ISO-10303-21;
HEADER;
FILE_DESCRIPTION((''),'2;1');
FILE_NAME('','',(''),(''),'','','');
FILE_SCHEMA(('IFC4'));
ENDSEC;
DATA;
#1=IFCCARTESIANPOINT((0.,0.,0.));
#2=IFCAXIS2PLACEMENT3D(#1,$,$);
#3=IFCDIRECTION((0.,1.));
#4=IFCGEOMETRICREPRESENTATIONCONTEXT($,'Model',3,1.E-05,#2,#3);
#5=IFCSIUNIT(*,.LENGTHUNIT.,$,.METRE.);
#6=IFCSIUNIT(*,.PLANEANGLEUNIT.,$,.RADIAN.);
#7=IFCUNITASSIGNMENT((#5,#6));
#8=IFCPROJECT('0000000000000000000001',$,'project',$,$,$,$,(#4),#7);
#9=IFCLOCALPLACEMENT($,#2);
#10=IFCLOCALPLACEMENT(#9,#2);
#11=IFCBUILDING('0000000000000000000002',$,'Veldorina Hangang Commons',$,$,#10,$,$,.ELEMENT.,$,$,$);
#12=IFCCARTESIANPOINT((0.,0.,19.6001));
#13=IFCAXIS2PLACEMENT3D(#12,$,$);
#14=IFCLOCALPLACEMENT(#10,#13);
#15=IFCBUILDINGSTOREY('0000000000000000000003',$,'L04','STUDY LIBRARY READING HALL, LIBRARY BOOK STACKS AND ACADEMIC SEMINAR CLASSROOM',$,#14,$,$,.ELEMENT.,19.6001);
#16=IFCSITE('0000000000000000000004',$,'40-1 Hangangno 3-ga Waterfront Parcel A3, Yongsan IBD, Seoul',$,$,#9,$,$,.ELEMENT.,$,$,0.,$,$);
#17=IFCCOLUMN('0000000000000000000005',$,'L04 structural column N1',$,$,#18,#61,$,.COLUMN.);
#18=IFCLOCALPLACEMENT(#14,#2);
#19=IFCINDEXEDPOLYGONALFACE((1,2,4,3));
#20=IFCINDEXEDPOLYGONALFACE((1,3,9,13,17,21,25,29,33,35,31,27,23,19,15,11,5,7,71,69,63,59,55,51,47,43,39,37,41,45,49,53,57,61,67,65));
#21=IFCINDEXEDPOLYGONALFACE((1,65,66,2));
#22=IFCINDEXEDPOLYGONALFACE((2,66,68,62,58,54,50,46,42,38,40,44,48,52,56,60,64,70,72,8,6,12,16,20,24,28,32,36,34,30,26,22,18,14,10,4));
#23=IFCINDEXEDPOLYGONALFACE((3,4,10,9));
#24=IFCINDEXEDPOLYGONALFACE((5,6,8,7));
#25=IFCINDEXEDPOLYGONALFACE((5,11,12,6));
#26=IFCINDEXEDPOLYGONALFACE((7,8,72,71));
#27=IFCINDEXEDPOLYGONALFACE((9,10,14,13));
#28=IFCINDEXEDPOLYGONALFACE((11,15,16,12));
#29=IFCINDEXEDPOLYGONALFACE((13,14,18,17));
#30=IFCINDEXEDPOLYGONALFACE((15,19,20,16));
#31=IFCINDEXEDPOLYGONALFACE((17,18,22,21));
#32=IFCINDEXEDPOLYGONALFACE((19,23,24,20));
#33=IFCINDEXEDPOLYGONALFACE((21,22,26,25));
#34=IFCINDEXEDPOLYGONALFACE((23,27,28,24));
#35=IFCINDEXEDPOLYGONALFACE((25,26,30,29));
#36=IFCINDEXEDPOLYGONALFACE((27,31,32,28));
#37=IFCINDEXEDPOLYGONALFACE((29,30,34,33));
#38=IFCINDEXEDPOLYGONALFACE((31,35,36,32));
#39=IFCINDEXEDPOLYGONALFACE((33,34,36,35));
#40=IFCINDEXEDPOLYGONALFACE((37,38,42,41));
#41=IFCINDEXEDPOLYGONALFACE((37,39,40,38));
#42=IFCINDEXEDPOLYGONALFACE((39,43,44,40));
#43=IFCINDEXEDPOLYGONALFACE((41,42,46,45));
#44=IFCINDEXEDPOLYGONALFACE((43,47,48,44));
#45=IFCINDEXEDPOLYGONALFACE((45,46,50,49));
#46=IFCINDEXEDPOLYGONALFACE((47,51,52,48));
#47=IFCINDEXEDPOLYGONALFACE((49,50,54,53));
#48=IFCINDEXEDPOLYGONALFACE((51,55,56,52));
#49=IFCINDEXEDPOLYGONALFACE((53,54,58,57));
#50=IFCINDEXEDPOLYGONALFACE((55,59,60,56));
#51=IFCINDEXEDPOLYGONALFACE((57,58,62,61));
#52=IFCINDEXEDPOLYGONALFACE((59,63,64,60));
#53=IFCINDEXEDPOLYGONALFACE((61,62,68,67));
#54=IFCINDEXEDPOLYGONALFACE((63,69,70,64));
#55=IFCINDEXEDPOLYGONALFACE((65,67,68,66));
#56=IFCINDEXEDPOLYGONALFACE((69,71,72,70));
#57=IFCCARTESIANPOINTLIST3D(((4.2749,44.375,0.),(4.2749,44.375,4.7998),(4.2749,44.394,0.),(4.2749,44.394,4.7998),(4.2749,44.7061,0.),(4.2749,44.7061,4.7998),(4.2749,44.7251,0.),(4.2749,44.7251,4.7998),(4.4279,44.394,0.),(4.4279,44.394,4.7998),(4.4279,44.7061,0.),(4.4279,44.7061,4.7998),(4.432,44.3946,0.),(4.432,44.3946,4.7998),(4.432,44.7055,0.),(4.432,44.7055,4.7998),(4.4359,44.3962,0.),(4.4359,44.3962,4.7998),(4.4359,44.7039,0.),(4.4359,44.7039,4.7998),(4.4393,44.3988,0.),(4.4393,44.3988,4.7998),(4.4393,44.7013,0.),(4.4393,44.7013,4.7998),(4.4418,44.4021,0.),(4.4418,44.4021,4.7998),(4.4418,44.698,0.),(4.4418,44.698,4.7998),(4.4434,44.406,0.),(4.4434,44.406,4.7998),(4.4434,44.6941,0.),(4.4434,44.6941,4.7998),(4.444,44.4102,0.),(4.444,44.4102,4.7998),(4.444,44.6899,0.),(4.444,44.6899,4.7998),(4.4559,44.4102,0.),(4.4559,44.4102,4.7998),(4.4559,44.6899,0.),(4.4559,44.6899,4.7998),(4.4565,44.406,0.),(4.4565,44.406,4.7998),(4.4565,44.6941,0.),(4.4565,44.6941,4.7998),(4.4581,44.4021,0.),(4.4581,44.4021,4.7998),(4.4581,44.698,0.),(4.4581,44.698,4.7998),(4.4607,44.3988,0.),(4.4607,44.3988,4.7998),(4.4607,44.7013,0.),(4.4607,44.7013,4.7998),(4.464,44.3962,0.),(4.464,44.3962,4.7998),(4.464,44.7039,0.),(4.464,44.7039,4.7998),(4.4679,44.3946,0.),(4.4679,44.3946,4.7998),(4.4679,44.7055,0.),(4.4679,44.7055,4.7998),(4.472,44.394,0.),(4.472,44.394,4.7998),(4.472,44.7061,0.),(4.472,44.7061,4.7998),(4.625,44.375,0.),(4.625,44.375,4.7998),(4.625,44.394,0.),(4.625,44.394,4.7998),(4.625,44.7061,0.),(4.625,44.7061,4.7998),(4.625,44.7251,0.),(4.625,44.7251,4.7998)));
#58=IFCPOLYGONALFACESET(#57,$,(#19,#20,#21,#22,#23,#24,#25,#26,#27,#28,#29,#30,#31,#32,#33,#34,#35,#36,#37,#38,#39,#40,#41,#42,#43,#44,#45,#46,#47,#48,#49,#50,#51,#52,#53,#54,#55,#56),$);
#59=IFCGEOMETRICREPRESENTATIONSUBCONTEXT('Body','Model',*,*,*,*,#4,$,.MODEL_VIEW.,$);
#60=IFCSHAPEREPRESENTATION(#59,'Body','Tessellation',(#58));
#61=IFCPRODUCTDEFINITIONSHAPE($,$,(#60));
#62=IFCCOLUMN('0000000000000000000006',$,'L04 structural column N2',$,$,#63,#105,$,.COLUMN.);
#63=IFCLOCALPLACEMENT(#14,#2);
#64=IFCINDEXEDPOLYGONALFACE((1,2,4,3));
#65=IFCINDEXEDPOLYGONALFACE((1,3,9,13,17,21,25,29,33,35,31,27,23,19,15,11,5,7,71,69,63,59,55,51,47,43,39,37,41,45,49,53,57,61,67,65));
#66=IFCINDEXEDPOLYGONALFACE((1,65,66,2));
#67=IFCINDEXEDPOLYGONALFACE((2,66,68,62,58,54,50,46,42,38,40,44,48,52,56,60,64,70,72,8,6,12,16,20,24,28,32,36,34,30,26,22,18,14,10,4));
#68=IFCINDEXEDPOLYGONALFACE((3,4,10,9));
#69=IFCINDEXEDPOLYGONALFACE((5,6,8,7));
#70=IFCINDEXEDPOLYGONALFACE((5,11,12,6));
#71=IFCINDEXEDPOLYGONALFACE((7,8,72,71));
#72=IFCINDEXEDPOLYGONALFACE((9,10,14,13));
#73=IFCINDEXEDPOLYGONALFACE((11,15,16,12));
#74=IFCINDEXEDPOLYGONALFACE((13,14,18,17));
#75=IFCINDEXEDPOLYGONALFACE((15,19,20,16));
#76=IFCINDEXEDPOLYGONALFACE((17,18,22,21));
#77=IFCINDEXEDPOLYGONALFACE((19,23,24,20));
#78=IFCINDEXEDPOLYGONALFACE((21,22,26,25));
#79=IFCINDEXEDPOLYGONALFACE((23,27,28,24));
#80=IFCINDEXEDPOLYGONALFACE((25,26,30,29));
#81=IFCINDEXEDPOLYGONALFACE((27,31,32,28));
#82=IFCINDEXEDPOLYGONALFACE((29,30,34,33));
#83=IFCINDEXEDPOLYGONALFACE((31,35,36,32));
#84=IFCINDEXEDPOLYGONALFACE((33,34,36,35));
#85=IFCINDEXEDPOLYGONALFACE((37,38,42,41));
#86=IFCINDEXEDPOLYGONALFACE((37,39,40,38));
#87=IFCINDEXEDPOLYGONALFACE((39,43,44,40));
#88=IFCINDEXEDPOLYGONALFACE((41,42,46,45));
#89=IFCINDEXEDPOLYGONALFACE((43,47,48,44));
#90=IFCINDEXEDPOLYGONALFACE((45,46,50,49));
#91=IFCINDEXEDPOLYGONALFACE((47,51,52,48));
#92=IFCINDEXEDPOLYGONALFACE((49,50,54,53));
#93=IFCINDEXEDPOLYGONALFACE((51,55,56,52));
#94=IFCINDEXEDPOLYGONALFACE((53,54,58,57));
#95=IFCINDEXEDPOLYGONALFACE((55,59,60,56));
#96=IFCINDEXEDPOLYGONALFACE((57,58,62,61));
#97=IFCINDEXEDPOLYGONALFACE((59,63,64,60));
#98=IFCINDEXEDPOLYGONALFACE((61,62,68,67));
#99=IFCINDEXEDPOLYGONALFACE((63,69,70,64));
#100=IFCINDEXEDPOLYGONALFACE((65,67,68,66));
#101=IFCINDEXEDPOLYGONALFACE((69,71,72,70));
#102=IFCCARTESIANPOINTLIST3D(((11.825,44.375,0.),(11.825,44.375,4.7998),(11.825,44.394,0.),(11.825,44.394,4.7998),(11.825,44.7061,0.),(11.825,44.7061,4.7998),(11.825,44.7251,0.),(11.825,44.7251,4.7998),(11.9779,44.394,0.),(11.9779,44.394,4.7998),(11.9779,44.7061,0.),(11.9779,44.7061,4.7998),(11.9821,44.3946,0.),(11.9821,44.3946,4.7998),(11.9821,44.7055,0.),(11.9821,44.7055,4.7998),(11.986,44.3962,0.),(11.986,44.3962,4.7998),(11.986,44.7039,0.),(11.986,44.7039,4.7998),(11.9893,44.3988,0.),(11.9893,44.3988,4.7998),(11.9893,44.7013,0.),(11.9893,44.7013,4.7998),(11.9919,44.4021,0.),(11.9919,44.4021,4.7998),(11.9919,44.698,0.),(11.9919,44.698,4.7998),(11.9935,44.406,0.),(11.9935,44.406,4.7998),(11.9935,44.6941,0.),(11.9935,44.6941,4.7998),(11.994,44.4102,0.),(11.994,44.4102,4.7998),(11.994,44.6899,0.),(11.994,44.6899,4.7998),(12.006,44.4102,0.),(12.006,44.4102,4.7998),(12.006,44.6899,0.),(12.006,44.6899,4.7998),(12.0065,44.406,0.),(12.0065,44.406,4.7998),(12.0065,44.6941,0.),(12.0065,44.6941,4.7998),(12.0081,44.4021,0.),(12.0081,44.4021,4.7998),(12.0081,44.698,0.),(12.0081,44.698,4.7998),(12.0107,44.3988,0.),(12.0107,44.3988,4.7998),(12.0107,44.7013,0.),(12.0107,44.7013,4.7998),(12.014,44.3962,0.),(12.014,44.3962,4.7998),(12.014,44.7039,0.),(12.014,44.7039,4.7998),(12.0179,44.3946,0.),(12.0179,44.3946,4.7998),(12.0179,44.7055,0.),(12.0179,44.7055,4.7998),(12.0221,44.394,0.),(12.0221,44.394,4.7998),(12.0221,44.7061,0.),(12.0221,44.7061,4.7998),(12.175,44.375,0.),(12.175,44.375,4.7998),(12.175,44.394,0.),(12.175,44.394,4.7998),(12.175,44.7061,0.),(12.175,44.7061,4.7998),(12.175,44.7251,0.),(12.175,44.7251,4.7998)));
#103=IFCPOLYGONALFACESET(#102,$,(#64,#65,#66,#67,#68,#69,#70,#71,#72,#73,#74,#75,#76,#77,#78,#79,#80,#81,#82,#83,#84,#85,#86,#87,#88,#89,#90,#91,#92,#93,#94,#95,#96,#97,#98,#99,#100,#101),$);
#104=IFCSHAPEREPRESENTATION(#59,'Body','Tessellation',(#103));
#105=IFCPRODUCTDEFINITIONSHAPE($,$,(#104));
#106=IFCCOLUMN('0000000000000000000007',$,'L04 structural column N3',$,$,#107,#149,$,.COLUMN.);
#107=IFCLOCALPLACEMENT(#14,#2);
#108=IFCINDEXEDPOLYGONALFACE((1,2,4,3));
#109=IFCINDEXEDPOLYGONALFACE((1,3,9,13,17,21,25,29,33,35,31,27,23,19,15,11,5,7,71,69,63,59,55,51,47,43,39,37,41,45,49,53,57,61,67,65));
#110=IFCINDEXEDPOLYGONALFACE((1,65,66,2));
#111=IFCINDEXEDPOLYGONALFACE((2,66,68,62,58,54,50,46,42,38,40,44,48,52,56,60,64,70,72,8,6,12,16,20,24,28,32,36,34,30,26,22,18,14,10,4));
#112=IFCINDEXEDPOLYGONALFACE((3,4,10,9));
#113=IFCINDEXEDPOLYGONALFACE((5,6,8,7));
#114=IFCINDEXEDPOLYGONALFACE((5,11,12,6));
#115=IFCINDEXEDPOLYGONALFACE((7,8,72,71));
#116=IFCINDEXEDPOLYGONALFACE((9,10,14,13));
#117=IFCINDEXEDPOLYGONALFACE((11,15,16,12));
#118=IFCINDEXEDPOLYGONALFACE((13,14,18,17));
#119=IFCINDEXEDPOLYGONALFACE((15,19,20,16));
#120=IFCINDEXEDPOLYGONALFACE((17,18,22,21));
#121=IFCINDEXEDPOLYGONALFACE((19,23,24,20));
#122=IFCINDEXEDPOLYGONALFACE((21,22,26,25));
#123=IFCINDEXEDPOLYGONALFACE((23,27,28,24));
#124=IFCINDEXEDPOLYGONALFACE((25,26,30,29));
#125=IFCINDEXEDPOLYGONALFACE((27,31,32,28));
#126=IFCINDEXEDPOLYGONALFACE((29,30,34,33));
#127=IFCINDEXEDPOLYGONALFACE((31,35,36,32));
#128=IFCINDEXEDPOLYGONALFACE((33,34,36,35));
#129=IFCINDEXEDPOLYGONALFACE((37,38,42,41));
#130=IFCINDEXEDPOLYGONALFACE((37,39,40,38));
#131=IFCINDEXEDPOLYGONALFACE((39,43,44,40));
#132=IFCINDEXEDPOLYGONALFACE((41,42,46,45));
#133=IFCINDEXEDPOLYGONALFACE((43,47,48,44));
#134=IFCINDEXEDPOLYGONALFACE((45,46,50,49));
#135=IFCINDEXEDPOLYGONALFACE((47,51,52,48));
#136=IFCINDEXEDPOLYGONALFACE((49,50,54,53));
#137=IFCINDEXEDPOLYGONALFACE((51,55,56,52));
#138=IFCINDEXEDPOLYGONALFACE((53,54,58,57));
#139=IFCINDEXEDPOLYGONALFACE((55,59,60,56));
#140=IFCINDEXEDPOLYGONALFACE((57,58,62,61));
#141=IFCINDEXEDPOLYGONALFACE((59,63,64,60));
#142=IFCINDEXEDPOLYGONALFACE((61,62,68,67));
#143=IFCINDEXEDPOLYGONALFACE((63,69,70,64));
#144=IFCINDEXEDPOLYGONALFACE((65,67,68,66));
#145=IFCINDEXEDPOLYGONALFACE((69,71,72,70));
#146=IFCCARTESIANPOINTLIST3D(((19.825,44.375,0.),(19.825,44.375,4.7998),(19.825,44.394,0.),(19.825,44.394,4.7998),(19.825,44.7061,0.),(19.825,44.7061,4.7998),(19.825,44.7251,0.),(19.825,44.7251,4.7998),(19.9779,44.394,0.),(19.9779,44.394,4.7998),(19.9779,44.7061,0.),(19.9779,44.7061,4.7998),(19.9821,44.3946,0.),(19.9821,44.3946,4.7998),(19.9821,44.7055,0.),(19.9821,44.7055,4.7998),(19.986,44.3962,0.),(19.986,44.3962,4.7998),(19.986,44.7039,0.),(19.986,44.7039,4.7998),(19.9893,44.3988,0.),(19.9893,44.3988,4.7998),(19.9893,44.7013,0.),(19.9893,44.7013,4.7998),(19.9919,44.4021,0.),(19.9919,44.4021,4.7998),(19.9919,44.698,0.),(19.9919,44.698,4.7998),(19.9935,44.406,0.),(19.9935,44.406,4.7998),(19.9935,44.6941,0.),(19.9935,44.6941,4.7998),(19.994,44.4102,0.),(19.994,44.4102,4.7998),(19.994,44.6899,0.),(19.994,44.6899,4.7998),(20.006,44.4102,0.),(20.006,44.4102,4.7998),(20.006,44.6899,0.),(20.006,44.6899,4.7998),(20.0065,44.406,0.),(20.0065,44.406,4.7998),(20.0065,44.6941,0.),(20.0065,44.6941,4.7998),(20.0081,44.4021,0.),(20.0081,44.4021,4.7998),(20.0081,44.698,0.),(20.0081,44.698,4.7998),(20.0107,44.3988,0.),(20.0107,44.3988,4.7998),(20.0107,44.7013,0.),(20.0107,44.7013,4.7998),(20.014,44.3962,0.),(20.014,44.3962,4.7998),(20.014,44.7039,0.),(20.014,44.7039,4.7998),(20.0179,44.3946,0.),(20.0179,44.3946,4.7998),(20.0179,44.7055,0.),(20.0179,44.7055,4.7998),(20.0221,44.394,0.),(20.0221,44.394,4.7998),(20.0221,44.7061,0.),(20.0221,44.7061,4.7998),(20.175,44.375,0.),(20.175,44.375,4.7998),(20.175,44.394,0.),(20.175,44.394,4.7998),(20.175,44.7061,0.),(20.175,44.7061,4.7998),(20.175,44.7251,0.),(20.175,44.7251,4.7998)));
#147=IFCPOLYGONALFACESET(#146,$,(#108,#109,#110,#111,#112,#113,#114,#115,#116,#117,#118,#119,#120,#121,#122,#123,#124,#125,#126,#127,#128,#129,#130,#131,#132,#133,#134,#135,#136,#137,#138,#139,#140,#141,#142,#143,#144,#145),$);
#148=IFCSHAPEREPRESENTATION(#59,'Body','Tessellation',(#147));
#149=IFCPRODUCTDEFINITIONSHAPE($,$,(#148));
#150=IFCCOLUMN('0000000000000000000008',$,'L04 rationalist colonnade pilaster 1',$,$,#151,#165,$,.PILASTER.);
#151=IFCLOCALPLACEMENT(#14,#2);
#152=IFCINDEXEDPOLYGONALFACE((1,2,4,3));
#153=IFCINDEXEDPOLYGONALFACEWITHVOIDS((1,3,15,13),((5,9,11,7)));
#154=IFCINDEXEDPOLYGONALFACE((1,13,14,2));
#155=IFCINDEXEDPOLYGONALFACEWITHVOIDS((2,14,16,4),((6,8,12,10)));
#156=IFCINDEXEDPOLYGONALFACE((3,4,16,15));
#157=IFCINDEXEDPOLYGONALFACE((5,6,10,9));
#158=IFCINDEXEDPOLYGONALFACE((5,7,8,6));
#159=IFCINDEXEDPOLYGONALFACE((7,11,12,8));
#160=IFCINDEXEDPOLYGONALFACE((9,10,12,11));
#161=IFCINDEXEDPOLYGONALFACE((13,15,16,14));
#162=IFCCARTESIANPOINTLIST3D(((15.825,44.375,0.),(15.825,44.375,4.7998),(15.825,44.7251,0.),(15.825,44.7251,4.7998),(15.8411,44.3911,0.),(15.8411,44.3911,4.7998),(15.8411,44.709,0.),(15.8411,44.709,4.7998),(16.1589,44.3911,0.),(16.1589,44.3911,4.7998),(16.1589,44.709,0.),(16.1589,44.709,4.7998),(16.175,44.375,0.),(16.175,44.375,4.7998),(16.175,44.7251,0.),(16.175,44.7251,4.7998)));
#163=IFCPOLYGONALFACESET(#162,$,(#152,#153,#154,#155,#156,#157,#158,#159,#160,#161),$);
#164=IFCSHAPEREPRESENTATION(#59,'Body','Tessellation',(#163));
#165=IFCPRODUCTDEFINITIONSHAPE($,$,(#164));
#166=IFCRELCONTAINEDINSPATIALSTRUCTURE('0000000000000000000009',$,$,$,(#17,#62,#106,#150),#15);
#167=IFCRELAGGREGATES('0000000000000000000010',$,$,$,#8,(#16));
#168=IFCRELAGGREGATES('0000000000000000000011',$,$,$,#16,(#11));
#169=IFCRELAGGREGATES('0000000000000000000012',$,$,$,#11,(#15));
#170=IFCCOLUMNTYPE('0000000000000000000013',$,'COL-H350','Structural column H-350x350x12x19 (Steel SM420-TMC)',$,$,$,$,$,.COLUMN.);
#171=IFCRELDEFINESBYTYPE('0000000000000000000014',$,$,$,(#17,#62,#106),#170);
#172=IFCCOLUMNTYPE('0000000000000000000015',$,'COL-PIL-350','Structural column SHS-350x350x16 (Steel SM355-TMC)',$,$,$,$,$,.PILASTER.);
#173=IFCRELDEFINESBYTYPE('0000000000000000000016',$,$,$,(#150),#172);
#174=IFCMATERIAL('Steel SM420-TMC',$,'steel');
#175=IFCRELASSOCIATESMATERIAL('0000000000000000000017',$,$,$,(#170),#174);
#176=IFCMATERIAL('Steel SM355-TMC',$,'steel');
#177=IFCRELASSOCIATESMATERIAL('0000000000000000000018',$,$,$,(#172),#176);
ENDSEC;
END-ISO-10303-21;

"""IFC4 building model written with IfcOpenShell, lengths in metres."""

from ifc_helpers import new_model, si_unit, direction, frame, origin, origin_2d, place, context, subcontext, project, spatial, hollow_rectangle, i_section, extrude, material, material_profile, profile_set, type_object, element, save


model = new_model("IFC4")

# Units and contexts
model_context = context("Model", 3, precision=1e-05, world=origin(), true_north=direction((0.0, 1.0)))
body_context = subcontext(model_context, "Body", "Model", "MODEL_VIEW")
ifc_project = project(units=[si_unit("LENGTHUNIT", "METRE"), si_unit("PLANEANGLEUNIT", "RADIAN")], contexts=[model_context])

# Site, building, storey
site_placement = place(None, origin())
site = spatial("IfcSite", under=ifc_project, at=site_placement, Name="40-1 Hangangno 3-ga Waterfront Parcel A3, Yongsan IBD, Seoul", CompositionType="ELEMENT", RefElevation=0.0)
building_placement = place(site_placement, origin())
building = spatial("IfcBuilding", under=site, at=building_placement, Name="Veldorina Hangang Commons", CompositionType="ELEMENT")
storey_placement = place(building_placement, frame((0.0, 0.0, 19.6001)))
storey = spatial("IfcBuildingStorey", under=building, at=storey_placement, Name="L04", Description="STUDY LIBRARY READING HALL, LIBRARY BOOK STACKS AND ACADEMIC SEMINAR CLASSROOM", CompositionType="ELEMENT", Elevation=19.6001)

# Columns
ifc_material_1 = material(Name="Steel SM420-TMC", Category="steel")
ifc_material_profile_1 = material_profile(ifc_material_1, i_section(OverallWidth=0.3501, OverallDepth=0.3501, WebThickness=0.012, FlangeThickness=0.019, FilletRadius=0.0161, at=origin_2d()), Name="H-350x350x12x19")
ifc_profile_set_1 = profile_set([ifc_material_profile_1], Name="Steel SM420-TMC")
column_type_1 = type_object("IfcColumnType", Name="COL-H350", Description="Structural column H-350x350x12x19 (Steel SM420-TMC)", PredefinedType="COLUMN", material=ifc_profile_set_1)
for number, where, z_axis, x_axis, name in (
    (1, (4.45, 44.55, 0.0), (0.0, 0.0, 1.0), (1.0, 0.0, 0.0), "L04 structural column N1"),
    (2, (12.0, 44.55, 0.0), (0.0, 0.0, 1.0), (1.0, 0.0, 0.0), "L04 structural column N2"),
    (3, (20.0, 44.55, 0.0), (0.0, 0.0, 1.0), (1.0, 0.0, 0.0), "L04 structural column N3"),
):
    element("IfcColumn", number, at=place(storey_placement, frame(where, z_axis=z_axis, x_axis=x_axis)), inside=storey, type_object=column_type_1, Name=name, PredefinedType="COLUMN", context=body_context, shape_type="SweptSolid", body=[
        extrude(i_section(OverallWidth=0.3501, OverallDepth=0.3501, WebThickness=0.012, FlangeThickness=0.019, FilletRadius=0.0161, at=origin_2d()), origin(), (0.0, 0.0, 1.0), 4.7998),
    ])
ifc_material_2 = material(Name="Steel SM355-TMC", Category="steel")
ifc_material_profile_2 = material_profile(ifc_material_2, hollow_rectangle(XDim=0.3501, YDim=0.3501, WallThickness=0.0161, at=origin_2d()), Name="SHS-350x350x16")
ifc_profile_set_2 = profile_set([ifc_material_profile_2], Name="Steel SM355-TMC")
column_type_2 = type_object("IfcColumnType", Name="COL-PIL-350", Description="Structural column SHS-350x350x16 (Steel SM355-TMC)", PredefinedType="PILASTER", material=ifc_profile_set_2)
column_placement = place(storey_placement, frame((16.0, 44.55, 0.0), z_axis=(0.0, 0.0, 1.0), x_axis=(1.0, 0.0, 0.0)))
element("IfcColumn", 4, at=column_placement, inside=storey, type_object=column_type_2, Name="L04 rationalist colonnade pilaster 1", PredefinedType="PILASTER", context=body_context, shape_type="SweptSolid", body=[
    extrude(hollow_rectangle(XDim=0.3501, YDim=0.3501, WallThickness=0.0161, at=origin_2d()), origin(), (0.0, 0.0, 1.0), 4.7998),
])

save(model, "model.ifc")
